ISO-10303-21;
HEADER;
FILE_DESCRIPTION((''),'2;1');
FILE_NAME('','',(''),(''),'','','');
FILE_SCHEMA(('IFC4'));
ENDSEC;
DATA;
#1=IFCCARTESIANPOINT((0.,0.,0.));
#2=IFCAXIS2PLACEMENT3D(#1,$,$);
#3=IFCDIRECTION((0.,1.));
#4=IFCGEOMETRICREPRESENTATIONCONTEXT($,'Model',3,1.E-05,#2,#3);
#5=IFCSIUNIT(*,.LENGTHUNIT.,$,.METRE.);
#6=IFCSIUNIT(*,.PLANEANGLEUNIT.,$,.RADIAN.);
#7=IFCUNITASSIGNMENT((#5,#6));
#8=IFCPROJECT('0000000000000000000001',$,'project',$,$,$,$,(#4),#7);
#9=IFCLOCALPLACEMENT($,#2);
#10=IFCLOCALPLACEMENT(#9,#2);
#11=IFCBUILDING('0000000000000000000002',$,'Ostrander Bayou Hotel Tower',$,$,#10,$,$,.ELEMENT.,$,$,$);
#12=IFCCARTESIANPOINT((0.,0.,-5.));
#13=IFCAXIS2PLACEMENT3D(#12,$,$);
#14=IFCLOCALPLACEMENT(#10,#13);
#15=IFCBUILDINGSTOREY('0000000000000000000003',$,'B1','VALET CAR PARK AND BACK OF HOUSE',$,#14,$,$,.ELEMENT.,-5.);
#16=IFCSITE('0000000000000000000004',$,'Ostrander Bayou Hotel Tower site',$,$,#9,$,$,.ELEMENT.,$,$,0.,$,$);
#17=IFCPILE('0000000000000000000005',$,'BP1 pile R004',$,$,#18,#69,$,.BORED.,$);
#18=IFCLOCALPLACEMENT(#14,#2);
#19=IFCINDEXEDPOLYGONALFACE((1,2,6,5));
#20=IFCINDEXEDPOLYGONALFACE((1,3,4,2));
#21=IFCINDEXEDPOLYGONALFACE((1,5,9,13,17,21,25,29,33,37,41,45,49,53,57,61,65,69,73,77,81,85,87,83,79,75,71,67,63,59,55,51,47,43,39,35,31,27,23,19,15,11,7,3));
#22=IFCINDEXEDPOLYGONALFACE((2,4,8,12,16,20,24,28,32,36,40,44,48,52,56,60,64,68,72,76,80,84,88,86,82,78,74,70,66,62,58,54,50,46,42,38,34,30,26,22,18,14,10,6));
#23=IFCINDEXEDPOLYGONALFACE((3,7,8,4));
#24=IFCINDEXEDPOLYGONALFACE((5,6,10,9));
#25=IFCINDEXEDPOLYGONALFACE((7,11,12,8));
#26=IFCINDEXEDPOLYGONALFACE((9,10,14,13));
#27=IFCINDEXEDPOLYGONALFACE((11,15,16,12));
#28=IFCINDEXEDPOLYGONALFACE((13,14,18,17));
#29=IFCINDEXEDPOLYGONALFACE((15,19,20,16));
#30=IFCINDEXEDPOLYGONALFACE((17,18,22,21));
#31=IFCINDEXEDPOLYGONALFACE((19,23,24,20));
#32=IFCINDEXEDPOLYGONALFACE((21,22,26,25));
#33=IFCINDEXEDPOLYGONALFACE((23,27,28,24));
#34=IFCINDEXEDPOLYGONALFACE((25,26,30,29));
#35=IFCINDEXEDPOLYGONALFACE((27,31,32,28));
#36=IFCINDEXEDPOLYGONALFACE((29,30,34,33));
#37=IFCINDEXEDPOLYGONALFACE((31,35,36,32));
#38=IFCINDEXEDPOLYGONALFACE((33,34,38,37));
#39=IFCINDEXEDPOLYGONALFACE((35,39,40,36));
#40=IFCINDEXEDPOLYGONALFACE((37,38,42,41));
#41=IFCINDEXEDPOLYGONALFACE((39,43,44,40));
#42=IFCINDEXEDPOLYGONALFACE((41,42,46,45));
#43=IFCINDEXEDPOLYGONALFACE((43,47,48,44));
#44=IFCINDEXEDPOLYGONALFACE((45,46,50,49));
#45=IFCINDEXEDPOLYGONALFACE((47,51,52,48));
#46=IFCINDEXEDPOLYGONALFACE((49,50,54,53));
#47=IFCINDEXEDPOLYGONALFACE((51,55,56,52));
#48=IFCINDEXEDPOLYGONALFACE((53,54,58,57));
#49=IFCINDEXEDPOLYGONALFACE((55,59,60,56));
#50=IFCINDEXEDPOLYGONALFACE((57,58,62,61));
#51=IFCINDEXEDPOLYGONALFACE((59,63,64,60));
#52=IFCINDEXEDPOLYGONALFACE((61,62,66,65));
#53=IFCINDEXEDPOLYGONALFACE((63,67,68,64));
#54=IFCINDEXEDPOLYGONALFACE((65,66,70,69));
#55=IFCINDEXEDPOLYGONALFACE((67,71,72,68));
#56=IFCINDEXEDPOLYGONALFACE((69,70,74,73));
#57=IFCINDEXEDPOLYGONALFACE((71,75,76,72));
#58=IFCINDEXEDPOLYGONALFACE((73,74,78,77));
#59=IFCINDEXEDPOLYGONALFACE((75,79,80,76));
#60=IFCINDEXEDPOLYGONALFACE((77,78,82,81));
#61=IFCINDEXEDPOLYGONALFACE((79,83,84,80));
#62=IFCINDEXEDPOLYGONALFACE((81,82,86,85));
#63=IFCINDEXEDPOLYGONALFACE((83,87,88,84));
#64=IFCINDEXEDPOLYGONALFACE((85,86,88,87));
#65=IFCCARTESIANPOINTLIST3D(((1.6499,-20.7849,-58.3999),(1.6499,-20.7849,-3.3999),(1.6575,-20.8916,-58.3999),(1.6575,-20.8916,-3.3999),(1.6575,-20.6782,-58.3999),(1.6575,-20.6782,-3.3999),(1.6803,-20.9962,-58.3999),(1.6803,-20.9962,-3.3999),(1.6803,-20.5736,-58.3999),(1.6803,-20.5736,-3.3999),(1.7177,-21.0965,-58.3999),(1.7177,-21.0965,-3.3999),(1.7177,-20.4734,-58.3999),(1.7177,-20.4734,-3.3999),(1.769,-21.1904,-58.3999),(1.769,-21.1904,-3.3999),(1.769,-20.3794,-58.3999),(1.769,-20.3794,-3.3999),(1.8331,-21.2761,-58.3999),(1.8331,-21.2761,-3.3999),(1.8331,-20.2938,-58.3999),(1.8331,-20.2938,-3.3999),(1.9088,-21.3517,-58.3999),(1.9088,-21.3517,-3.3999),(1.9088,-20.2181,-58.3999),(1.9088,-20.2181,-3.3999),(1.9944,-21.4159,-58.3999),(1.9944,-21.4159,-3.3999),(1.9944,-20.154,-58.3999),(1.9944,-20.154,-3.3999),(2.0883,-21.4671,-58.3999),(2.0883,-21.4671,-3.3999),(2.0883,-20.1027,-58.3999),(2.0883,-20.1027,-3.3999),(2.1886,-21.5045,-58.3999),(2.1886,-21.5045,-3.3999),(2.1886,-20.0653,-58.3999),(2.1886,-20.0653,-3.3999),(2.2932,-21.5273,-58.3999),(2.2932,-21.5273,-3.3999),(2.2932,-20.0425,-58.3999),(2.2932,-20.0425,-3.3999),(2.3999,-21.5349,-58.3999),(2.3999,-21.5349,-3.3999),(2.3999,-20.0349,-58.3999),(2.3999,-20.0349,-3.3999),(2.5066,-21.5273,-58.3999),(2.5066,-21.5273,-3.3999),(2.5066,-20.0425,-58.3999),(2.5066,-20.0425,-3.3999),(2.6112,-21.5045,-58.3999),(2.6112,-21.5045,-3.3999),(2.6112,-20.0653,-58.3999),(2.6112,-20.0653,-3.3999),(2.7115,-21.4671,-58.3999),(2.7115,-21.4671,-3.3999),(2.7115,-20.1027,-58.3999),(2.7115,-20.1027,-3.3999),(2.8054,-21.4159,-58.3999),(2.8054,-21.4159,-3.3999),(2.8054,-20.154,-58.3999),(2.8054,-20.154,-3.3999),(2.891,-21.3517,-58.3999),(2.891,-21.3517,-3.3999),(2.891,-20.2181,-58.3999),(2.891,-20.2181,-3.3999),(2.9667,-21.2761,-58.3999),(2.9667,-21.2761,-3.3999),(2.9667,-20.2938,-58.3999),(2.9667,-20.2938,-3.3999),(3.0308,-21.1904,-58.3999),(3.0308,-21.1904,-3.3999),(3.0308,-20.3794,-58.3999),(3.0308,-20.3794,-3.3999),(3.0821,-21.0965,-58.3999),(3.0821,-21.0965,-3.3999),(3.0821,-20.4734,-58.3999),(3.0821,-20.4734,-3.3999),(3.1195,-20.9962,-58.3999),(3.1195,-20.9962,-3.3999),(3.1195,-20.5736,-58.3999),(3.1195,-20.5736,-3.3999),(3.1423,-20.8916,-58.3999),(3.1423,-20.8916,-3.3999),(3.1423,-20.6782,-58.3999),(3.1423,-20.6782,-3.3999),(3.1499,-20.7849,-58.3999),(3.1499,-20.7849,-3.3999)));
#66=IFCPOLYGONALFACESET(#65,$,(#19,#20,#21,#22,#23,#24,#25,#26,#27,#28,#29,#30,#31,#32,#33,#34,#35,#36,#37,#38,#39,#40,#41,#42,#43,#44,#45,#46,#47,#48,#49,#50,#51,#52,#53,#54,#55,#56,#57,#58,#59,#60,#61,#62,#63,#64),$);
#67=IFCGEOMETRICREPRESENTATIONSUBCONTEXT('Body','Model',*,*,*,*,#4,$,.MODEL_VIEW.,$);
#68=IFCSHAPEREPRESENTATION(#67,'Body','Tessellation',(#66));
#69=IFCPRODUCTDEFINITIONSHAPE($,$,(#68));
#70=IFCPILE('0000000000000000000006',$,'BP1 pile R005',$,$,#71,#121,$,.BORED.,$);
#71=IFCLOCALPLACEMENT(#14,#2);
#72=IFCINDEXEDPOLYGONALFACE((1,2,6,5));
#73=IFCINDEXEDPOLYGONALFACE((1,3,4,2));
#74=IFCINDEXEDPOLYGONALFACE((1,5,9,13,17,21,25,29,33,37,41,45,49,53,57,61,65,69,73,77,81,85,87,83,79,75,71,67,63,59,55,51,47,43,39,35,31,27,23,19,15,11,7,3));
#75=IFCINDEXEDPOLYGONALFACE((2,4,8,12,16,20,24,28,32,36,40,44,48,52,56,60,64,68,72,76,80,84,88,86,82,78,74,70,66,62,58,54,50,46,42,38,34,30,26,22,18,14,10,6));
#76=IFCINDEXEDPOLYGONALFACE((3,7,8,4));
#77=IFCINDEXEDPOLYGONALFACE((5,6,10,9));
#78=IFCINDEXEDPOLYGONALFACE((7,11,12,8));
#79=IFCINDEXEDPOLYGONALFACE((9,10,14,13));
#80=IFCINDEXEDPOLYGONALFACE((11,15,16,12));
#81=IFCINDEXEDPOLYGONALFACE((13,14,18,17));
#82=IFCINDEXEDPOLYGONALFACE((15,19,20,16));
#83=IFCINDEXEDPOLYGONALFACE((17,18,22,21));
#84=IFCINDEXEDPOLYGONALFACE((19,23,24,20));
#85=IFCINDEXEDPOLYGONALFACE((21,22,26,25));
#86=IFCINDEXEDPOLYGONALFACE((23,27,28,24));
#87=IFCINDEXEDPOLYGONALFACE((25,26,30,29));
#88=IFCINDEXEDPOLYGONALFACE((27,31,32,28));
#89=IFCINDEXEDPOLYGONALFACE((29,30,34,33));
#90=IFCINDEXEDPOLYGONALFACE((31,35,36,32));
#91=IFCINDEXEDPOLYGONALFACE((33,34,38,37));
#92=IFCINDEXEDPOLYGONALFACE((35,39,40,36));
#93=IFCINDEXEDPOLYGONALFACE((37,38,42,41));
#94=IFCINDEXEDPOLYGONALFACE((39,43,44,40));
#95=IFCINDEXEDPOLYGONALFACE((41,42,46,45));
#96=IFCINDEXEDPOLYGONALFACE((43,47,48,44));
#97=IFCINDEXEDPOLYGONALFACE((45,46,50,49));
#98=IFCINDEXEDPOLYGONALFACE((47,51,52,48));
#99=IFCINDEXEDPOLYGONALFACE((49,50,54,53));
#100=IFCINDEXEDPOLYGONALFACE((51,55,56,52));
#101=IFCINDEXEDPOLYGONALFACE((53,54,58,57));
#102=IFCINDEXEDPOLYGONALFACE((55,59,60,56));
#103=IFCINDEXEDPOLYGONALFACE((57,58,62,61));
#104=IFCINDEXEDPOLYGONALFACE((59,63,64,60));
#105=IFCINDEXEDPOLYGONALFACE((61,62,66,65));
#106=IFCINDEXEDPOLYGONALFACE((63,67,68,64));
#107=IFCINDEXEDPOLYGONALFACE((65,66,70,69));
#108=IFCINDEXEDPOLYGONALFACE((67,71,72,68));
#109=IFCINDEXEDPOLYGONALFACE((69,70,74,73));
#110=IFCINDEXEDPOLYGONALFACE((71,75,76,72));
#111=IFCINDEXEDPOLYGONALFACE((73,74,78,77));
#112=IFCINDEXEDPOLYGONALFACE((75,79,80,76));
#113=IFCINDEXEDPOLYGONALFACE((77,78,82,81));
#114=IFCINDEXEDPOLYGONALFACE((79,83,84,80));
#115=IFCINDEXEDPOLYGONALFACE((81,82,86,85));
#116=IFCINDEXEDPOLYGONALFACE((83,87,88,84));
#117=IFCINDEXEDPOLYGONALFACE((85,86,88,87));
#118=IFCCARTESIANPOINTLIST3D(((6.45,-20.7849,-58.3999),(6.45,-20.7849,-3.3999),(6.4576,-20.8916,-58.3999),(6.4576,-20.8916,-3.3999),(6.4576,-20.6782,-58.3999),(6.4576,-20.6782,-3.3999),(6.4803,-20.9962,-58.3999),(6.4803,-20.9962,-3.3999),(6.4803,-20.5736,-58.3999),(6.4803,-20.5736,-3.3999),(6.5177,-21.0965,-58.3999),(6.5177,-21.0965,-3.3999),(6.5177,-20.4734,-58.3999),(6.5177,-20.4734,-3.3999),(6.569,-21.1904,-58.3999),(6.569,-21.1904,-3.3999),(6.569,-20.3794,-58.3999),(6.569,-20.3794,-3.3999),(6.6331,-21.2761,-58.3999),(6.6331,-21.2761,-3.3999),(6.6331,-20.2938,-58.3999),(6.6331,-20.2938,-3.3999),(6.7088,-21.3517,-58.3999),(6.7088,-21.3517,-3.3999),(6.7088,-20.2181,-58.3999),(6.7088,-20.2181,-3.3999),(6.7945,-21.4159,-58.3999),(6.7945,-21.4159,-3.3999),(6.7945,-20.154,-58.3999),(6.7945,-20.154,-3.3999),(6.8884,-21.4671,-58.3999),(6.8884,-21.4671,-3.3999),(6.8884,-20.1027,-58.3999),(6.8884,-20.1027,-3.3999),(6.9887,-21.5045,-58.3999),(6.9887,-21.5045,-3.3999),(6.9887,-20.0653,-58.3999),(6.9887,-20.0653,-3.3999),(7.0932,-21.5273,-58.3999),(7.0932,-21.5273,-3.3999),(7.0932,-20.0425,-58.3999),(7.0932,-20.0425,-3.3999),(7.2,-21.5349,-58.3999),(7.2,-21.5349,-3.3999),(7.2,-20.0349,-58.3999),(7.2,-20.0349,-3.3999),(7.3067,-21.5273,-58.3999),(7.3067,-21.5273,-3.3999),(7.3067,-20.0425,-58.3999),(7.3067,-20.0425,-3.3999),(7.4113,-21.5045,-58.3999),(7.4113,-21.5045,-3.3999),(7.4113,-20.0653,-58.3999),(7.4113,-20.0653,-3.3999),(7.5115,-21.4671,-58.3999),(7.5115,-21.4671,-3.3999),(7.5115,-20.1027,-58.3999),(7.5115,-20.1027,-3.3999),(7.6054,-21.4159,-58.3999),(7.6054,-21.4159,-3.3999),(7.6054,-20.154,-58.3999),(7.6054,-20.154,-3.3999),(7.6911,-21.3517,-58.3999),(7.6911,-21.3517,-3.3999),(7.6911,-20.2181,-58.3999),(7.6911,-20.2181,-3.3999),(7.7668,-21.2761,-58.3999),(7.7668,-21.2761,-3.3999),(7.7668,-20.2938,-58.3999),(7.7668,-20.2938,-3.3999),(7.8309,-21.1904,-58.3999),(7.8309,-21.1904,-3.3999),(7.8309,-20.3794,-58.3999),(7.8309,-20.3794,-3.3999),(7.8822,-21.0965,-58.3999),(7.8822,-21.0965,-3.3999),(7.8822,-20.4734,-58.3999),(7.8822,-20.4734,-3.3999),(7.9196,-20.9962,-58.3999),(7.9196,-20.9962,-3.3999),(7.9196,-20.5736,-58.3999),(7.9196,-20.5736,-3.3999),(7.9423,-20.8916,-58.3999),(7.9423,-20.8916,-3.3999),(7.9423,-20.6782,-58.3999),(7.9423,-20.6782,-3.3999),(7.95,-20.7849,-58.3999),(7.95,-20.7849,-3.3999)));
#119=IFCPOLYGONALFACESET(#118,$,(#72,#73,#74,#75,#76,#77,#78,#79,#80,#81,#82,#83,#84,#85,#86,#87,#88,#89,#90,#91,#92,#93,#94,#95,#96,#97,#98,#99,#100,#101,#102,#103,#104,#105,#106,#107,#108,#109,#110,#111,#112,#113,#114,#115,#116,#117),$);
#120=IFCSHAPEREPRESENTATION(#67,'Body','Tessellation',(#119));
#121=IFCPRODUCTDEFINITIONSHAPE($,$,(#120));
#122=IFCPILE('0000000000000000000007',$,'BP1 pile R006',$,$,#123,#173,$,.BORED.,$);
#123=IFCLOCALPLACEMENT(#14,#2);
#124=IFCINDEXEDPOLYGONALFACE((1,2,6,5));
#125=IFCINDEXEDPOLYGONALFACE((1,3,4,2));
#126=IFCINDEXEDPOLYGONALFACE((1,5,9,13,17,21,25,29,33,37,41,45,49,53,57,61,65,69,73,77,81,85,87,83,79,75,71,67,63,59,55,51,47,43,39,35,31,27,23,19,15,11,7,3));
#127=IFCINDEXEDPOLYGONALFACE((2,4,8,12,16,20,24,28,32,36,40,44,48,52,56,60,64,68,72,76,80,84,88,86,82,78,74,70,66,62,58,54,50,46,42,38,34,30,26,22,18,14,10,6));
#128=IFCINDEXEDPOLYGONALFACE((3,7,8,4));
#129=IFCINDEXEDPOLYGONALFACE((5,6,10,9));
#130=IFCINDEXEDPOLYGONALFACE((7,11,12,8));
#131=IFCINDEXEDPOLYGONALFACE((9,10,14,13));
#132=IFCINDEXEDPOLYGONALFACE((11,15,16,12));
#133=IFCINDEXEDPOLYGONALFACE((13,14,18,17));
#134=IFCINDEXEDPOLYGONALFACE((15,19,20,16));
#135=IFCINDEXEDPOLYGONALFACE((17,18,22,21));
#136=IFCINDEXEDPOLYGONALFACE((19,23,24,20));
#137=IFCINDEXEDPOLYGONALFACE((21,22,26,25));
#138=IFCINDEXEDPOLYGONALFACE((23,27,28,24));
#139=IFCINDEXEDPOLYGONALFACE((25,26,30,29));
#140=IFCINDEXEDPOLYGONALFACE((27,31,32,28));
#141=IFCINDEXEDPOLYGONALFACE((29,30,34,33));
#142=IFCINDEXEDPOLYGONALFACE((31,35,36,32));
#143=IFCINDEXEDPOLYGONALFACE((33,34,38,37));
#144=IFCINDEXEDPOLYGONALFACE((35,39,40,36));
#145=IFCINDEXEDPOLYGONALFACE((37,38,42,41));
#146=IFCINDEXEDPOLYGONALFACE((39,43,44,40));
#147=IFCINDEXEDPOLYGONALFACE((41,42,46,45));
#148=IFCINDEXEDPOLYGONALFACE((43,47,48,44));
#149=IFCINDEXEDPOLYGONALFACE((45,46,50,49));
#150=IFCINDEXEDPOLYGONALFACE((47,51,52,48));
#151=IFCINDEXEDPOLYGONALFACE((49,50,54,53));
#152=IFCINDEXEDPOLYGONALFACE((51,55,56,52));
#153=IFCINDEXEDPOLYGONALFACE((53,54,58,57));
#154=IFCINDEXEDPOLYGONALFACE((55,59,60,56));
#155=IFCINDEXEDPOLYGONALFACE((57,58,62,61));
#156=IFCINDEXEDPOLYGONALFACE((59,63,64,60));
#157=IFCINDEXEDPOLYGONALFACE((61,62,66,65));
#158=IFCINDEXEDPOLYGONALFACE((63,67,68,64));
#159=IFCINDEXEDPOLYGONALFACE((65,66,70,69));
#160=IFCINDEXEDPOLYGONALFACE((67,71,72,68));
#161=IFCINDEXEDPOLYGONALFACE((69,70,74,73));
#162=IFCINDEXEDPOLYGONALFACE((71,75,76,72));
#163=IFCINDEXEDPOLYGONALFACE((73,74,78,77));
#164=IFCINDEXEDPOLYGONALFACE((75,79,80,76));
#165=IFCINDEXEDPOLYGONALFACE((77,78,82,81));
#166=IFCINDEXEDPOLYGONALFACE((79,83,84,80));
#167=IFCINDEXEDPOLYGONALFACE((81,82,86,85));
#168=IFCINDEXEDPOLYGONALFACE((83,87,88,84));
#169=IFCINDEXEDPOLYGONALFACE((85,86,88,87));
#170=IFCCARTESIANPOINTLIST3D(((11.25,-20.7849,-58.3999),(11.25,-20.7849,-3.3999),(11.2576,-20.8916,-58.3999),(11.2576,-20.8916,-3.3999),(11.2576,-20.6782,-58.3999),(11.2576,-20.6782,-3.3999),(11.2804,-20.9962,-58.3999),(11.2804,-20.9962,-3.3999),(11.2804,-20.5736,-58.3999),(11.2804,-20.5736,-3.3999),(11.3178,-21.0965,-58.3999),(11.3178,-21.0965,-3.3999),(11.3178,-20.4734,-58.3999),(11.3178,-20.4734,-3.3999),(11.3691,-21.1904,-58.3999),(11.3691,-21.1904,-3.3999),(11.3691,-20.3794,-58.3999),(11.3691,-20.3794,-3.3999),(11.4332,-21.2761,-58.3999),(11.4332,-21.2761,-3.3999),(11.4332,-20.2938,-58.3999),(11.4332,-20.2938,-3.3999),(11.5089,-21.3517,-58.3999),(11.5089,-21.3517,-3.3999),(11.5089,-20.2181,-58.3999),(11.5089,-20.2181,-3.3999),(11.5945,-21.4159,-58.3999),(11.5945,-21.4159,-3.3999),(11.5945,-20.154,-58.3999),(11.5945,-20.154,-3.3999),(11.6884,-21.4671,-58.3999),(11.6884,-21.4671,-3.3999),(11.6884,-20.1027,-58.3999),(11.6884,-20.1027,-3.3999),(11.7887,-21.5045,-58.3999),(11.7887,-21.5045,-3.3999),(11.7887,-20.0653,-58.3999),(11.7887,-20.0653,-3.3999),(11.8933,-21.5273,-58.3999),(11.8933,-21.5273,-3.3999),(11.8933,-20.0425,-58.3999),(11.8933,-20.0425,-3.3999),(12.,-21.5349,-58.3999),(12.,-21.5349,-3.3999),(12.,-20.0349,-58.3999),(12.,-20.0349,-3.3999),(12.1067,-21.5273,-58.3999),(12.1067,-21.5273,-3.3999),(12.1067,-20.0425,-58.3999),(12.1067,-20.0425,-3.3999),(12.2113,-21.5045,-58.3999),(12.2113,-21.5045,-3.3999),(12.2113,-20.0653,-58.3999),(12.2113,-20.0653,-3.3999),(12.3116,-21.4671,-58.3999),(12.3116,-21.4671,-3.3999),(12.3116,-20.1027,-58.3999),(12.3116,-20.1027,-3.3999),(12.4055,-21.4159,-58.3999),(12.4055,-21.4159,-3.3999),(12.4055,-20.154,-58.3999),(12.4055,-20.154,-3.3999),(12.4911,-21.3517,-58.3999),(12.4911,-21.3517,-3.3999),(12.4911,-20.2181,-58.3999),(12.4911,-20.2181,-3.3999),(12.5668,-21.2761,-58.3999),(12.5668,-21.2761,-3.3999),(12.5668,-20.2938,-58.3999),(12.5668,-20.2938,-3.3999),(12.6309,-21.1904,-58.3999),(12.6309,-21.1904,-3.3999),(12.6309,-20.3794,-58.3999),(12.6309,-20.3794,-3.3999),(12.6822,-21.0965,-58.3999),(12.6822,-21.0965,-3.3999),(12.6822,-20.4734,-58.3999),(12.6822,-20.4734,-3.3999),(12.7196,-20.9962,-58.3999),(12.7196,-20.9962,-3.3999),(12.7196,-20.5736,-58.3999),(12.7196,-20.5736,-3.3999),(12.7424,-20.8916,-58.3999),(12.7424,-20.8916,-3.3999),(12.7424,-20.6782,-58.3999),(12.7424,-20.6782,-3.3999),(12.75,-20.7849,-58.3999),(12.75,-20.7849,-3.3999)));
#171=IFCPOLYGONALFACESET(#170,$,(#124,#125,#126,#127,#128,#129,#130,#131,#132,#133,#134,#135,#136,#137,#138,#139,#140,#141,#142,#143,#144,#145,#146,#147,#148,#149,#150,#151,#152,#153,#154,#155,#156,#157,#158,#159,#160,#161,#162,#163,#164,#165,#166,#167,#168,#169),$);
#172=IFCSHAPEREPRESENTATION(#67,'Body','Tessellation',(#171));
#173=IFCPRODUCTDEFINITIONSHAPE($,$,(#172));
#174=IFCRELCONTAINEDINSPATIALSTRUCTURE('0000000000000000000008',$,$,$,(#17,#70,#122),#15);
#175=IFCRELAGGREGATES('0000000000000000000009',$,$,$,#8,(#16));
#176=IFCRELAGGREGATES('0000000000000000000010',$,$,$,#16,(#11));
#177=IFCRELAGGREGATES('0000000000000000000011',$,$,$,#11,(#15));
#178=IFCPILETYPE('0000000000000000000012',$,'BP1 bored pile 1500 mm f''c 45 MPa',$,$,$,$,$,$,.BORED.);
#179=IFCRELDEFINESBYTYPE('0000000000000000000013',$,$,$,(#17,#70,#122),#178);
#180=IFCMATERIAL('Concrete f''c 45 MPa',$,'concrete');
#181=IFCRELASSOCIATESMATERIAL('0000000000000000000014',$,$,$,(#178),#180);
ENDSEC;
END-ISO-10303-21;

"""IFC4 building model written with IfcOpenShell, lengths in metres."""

from ifc_helpers import new_model, si_unit, direction, frame, origin, origin_2d, place, context, subcontext, project, spatial, circle, extrude, material, material_profile, profile_set, type_object, element, save


model = new_model("IFC4")

# Units and contexts
model_context = context("Model", 3, precision=1e-05, world=origin(), true_north=direction((0.0, 1.0)))
body_context = subcontext(model_context, "Body", "Model", "MODEL_VIEW")
ifc_project = project(units=[si_unit("LENGTHUNIT", "METRE"), si_unit("PLANEANGLEUNIT", "RADIAN")], contexts=[model_context])

# Site, building, storey
site_placement = place(None, origin())
site = spatial("IfcSite", under=ifc_project, at=site_placement, Name="Ostrander Bayou Hotel Tower site", CompositionType="ELEMENT", RefElevation=0.0)
building_placement = place(site_placement, origin())
building = spatial("IfcBuilding", under=site, at=building_placement, Name="Ostrander Bayou Hotel Tower", CompositionType="ELEMENT")
storey_placement = place(building_placement, frame((0.0, 0.0, -5.0)))
storey = spatial("IfcBuildingStorey", under=building, at=storey_placement, Name="B1", Description="VALET CAR PARK AND BACK OF HOUSE", CompositionType="ELEMENT", Elevation=-5.0)

# Piles
ifc_material_1 = material(Name="Concrete f'c 45 MPa", Category="concrete")
ifc_material_profile_1 = material_profile(ifc_material_1, circle(Radius=0.75, at=origin_2d()))
ifc_profile_set_1 = profile_set([ifc_material_profile_1], Name="Concrete f'c 45 MPa")
pile_type_1 = type_object("IfcPileType", Name="BP1 bored pile 1500 mm f'c 45 MPa", PredefinedType="BORED", material=ifc_profile_set_1)
for number, where, z_axis, x_axis, name in (
    (1, (2.3999, -20.7849, -3.3999), (0.0, 0.0, -1.0), (1.0, 0.0, 0.0), "BP1 pile R004"),
    (2, (7.2, -20.7849, -3.3999), (0.0, 0.0, -1.0), (1.0, 0.0, 0.0), "BP1 pile R005"),
    (3, (12.0, -20.7849, -3.3999), (0.0, 0.0, -1.0), (1.0, 0.0, 0.0), "BP1 pile R006"),
):
    element("IfcPile", number, at=place(storey_placement, frame(where, z_axis=z_axis, x_axis=x_axis)), inside=storey, type_object=pile_type_1, Name=name, PredefinedType="BORED", context=body_context, shape_type="SweptSolid", body=[
        extrude(circle(Radius=0.75, at=origin_2d()), origin(), (0.0, 0.0, 1.0), 55.0),
    ])

save(model, "model.ifc")
